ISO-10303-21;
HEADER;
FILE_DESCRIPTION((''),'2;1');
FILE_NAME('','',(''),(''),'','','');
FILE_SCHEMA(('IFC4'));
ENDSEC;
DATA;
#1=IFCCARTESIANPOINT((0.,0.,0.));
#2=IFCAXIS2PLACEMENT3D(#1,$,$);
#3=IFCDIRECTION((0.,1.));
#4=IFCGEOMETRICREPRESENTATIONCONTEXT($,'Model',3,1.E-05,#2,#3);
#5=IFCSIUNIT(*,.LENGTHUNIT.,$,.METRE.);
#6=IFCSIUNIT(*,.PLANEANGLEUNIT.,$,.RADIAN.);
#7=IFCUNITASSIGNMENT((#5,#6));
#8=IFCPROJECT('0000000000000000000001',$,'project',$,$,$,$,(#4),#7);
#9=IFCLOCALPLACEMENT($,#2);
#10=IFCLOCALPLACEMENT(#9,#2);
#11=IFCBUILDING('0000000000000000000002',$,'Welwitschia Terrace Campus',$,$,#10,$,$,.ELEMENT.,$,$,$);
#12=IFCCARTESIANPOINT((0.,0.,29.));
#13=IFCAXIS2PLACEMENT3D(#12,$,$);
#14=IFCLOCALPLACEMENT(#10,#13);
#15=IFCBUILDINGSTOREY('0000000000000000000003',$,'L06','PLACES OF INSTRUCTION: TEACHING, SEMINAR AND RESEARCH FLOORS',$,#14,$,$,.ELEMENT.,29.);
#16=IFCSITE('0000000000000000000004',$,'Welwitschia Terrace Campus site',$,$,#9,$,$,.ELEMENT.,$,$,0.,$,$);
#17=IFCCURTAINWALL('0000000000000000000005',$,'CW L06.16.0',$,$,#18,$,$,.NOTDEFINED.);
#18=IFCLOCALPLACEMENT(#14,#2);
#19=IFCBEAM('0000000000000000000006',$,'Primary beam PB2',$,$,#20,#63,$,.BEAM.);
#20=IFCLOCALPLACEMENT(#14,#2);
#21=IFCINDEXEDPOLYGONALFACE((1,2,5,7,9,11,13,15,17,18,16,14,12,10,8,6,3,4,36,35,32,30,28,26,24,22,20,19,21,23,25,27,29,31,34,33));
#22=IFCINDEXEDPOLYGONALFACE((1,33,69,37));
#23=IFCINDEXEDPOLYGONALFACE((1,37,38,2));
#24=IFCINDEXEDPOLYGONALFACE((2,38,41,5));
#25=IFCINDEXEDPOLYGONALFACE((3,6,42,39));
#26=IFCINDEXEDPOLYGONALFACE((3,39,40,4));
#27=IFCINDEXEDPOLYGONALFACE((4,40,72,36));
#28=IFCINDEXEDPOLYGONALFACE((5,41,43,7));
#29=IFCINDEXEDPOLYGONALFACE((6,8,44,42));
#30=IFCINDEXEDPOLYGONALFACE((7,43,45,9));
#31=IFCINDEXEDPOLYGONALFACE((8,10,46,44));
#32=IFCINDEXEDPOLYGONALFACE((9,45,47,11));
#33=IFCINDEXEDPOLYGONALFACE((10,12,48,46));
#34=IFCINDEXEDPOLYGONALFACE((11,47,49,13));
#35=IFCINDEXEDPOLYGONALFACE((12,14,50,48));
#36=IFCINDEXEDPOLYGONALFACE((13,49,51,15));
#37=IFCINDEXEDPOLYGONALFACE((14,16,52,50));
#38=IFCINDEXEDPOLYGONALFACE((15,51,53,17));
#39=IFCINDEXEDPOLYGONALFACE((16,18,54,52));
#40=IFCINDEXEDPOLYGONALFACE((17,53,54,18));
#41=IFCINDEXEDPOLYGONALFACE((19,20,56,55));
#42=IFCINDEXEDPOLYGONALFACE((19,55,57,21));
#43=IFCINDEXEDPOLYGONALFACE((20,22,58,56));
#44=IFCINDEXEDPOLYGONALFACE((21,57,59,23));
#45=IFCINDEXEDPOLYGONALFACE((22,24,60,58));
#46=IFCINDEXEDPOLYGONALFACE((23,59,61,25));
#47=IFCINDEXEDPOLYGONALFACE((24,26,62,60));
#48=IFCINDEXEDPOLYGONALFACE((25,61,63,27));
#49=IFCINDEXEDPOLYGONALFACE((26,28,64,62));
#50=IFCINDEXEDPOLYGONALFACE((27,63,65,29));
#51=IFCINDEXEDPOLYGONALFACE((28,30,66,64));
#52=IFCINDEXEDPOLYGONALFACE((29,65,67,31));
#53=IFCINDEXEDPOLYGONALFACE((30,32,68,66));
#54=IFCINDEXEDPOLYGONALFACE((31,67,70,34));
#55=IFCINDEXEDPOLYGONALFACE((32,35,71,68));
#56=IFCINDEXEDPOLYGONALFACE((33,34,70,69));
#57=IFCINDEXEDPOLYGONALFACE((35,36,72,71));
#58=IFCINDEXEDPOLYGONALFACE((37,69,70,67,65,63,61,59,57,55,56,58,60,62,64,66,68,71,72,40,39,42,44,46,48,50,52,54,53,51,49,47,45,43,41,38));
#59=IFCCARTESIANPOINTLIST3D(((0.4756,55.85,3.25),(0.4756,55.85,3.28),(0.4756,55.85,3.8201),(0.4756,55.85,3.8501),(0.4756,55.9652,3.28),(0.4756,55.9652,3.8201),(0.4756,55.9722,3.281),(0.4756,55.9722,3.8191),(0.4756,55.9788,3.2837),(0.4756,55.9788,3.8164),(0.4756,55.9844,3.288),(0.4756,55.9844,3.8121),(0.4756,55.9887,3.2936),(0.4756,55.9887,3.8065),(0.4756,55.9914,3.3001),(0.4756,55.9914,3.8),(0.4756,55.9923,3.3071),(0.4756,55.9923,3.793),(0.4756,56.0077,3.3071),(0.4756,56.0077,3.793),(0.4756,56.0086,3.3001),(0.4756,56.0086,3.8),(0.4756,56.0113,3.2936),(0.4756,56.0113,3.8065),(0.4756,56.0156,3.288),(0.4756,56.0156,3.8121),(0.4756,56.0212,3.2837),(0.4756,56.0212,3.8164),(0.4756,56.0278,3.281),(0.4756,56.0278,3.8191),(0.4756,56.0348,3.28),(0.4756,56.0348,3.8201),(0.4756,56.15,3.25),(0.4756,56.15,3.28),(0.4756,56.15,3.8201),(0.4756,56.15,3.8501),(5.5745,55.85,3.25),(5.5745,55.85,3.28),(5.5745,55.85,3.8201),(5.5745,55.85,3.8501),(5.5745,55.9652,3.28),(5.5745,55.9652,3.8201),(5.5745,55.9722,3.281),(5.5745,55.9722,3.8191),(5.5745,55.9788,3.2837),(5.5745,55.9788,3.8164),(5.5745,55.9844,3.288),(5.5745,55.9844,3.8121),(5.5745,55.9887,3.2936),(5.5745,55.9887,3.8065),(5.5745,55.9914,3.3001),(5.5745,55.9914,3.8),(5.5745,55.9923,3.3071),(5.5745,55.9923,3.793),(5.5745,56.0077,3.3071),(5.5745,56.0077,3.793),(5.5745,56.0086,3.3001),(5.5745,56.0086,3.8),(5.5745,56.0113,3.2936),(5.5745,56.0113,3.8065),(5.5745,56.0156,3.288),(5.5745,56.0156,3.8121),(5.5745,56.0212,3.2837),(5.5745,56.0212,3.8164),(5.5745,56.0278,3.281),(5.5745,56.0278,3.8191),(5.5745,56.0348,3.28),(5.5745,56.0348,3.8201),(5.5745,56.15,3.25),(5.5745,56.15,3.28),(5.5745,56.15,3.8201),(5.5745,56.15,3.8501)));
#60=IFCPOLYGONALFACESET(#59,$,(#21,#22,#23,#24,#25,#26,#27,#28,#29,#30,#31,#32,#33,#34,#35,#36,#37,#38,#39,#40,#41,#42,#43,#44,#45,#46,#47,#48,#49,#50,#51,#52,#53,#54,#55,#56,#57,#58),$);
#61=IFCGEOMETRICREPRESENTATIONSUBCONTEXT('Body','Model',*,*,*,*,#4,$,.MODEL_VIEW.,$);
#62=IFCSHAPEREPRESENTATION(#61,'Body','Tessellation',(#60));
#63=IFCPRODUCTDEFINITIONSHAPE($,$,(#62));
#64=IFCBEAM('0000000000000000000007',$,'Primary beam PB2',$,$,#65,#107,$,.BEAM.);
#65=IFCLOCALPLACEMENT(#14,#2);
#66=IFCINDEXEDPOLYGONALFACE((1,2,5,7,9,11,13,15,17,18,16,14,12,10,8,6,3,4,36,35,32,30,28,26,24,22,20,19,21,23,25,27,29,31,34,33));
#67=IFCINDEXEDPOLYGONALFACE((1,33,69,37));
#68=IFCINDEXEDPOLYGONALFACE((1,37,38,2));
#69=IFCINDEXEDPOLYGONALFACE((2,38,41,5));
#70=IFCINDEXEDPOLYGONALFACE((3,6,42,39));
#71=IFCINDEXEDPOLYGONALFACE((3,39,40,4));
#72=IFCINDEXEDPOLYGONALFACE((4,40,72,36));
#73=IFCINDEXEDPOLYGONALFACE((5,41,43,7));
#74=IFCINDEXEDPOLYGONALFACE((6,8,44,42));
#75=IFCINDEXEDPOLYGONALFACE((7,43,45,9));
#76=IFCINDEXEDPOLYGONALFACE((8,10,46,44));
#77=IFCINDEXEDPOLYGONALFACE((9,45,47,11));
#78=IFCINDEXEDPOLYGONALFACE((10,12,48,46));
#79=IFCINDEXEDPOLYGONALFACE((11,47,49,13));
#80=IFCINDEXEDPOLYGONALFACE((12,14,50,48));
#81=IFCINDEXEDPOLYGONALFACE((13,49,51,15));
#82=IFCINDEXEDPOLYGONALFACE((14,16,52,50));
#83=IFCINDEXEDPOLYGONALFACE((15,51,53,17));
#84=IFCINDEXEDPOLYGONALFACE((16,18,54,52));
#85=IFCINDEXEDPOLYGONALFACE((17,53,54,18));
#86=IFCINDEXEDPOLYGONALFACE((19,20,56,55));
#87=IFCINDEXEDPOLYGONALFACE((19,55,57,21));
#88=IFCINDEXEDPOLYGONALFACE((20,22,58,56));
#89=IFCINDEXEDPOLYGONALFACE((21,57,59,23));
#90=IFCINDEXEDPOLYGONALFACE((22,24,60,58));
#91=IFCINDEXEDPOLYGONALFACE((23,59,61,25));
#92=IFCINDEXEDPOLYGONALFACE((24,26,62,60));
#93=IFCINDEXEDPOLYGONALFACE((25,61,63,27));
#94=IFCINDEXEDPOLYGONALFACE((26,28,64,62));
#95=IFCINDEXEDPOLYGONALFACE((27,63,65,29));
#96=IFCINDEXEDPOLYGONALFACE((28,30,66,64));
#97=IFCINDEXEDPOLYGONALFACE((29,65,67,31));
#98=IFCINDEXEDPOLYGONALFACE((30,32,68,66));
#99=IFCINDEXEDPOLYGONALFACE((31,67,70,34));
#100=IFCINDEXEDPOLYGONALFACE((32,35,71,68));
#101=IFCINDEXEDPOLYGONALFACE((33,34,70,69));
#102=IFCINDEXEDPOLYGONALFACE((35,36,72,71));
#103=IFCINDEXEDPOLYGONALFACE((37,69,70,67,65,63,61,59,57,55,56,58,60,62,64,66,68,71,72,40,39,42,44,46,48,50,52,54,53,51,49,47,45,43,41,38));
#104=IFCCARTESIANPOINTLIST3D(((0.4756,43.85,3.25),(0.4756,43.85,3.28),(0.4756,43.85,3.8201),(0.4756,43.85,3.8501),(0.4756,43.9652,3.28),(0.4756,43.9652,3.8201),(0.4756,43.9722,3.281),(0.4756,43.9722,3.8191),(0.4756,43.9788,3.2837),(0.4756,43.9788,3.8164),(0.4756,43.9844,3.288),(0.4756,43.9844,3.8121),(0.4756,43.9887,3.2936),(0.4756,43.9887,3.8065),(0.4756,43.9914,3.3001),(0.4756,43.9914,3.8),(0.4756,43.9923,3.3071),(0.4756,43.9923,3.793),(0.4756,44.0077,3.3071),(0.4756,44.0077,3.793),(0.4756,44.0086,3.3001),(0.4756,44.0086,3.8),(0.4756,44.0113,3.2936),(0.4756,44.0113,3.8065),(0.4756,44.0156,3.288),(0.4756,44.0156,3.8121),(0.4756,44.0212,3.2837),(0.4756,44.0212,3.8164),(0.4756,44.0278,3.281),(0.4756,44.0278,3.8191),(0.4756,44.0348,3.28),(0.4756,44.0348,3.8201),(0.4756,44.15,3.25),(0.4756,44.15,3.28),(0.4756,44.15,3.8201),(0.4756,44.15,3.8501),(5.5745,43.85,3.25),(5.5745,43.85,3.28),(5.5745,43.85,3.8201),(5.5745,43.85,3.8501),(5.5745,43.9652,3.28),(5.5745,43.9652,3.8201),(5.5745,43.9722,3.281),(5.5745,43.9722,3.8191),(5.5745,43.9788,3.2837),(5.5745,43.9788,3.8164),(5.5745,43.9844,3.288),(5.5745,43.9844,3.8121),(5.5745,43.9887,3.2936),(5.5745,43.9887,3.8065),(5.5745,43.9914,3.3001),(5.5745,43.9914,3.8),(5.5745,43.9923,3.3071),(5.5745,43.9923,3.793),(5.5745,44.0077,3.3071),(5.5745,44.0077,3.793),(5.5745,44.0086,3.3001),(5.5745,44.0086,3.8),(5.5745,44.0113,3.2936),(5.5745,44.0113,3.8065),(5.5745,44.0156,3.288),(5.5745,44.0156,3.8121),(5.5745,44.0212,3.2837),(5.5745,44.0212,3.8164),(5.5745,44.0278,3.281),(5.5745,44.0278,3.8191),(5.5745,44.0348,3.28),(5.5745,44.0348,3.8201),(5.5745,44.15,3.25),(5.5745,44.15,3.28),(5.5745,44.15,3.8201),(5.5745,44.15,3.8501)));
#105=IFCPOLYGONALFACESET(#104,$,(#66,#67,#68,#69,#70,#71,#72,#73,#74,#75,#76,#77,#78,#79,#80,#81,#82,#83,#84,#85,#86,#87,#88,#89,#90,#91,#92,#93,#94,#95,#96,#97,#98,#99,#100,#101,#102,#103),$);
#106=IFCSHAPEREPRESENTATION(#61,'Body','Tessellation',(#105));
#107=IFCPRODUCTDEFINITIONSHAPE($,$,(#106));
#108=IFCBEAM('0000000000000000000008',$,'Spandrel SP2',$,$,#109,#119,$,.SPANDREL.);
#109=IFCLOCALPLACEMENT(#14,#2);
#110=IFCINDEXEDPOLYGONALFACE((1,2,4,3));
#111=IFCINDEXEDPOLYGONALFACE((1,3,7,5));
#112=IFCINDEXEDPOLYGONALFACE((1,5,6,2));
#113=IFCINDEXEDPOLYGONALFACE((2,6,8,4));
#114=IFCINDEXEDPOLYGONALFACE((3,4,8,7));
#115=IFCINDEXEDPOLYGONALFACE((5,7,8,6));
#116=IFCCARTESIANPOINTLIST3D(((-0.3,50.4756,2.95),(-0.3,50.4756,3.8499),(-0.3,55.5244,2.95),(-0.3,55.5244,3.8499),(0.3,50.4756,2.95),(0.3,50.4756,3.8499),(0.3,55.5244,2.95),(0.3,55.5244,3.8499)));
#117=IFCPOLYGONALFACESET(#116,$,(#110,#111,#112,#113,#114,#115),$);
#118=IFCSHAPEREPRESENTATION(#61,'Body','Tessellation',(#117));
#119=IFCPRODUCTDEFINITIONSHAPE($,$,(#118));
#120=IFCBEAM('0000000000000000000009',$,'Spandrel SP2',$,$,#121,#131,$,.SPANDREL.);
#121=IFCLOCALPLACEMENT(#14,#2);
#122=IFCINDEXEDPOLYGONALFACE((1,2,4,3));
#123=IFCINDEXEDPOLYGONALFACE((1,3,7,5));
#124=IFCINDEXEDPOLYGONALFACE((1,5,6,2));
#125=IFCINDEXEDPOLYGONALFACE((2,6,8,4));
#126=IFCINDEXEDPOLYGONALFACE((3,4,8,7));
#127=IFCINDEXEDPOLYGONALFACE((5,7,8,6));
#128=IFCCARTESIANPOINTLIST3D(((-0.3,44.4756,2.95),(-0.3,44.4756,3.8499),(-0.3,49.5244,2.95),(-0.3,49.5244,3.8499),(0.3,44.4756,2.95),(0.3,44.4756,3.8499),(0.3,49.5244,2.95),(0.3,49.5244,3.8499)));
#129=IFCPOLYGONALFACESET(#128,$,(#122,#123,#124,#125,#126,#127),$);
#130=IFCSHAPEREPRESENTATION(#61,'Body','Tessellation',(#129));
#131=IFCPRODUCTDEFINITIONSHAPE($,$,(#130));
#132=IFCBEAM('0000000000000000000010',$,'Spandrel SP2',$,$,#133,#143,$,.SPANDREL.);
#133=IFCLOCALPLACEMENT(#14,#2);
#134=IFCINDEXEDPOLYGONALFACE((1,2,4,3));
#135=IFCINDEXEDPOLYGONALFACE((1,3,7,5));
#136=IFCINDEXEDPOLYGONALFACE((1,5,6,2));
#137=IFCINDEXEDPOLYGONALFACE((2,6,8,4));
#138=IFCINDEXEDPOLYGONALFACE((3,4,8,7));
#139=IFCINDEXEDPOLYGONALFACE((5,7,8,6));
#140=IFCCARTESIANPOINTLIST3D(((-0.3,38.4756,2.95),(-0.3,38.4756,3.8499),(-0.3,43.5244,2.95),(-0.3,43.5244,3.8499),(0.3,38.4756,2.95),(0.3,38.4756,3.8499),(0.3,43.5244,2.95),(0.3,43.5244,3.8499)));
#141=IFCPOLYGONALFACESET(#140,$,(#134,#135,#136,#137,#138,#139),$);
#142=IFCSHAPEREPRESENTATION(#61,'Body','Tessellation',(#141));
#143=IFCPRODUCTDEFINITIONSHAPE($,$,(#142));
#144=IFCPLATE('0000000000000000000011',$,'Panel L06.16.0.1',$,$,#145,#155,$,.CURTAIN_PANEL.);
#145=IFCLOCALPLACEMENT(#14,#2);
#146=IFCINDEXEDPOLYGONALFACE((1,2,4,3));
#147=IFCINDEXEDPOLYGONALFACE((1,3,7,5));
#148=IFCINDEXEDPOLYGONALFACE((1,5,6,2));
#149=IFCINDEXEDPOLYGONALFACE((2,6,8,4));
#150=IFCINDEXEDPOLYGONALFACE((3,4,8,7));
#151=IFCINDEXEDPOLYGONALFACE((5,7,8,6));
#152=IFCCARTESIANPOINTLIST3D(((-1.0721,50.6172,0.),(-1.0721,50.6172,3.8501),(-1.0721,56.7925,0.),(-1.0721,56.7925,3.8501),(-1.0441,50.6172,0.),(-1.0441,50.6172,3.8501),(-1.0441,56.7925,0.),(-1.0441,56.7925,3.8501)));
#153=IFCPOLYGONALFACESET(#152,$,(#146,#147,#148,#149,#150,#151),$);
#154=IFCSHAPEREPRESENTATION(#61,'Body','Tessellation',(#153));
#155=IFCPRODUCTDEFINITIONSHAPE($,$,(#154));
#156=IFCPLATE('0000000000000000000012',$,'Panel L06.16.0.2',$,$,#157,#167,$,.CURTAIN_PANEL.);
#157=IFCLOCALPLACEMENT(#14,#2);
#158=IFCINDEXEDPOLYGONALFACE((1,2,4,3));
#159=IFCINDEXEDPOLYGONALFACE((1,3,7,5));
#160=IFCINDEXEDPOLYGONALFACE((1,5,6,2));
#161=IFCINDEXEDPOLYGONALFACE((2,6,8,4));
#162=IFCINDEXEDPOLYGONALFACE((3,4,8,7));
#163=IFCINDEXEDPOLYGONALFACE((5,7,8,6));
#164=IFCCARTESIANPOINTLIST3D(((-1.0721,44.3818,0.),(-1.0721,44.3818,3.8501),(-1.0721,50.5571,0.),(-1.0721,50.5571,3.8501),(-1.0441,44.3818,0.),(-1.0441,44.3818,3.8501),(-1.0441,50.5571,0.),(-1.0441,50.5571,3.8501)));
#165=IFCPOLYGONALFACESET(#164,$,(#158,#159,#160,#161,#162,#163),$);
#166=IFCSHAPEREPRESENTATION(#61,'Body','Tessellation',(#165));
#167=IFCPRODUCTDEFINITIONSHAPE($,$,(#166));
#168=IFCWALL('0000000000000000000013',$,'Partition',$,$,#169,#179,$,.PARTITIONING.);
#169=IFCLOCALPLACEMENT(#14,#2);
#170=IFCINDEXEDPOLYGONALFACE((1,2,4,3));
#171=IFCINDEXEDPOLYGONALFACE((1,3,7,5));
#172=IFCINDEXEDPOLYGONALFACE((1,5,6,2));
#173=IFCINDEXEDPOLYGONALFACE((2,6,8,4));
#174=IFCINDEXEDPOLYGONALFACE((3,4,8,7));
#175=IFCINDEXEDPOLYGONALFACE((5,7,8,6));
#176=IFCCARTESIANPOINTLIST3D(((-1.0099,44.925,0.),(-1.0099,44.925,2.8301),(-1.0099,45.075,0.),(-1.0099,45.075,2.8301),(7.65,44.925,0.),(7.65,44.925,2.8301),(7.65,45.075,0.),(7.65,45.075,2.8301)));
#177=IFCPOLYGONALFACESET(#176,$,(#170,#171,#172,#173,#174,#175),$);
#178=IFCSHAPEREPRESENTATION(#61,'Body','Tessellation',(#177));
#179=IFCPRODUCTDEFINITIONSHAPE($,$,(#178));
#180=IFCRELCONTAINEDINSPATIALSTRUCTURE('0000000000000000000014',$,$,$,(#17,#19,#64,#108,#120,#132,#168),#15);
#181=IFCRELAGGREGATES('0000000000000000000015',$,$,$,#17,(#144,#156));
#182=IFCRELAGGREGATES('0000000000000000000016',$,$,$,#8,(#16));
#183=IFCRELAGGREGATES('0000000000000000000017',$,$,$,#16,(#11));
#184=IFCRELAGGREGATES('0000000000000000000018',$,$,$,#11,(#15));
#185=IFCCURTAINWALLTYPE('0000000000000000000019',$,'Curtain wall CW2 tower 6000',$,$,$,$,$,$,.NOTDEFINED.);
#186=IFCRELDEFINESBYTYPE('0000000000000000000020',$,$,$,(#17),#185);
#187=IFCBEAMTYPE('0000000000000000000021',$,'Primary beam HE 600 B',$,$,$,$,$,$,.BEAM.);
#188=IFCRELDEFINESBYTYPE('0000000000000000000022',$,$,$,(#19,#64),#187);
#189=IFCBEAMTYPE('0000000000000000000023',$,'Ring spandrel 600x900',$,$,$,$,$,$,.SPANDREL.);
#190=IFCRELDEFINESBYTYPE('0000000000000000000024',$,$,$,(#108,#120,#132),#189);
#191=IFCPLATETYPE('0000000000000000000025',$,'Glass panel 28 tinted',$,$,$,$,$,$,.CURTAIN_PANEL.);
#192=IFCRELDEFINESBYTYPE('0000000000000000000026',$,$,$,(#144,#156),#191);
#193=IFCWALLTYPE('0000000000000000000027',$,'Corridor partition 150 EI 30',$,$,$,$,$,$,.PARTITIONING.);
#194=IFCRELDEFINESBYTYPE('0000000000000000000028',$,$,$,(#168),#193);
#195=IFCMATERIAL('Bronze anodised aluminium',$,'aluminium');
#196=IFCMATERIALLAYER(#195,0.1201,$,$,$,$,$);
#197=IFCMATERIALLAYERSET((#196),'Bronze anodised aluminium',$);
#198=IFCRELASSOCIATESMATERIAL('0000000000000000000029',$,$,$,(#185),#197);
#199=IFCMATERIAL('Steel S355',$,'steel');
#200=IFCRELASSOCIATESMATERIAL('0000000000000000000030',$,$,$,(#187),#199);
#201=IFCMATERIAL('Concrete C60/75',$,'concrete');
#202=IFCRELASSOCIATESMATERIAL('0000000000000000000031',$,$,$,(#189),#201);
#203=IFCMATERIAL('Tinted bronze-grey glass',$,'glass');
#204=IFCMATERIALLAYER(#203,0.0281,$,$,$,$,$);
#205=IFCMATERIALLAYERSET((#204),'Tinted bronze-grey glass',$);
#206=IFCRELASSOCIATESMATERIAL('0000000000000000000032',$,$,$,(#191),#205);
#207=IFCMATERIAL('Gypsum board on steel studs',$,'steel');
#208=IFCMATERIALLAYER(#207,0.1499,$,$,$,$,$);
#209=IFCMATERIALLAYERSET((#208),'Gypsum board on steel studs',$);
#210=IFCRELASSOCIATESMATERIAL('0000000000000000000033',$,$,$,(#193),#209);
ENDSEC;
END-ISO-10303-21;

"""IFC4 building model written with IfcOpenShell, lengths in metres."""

from ifc_helpers import new_model, si_unit, direction, frame, frame_2d, origin, origin_2d, place, context, subcontext, project, spatial, rectangle, i_section, extrude, material, layer, layer_set, material_profile, profile_set, type_object, element, aggregate, save


model = new_model("IFC4")

# Units and contexts
model_context = context("Model", 3, precision=1e-05, world=origin(), true_north=direction((0.0, 1.0)))
body_context = subcontext(model_context, "Body", "Model", "MODEL_VIEW")
ifc_project = project(units=[si_unit("LENGTHUNIT", "METRE"), si_unit("PLANEANGLEUNIT", "RADIAN")], contexts=[model_context])

# Site, building, storey
site_placement = place(None, origin())
site = spatial("IfcSite", under=ifc_project, at=site_placement, Name="Welwitschia Terrace Campus site", CompositionType="ELEMENT", RefElevation=0.0)
building_placement = place(site_placement, origin())
building = spatial("IfcBuilding", under=site, at=building_placement, Name="Welwitschia Terrace Campus", CompositionType="ELEMENT")
storey_placement = place(building_placement, frame((0.0, 0.0, 29.0)))
storey = spatial("IfcBuildingStorey", under=building, at=storey_placement, Name="L06", Description="PLACES OF INSTRUCTION: TEACHING, SEMINAR AND RESEARCH FLOORS", CompositionType="ELEMENT", Elevation=29.0)

# Curtain wall
ifc_material_1 = material(Name="Bronze anodised aluminium", Category="aluminium")
ifc_layer_1 = layer(ifc_material_1, 0.1201)
ifc_layer_set_1 = layer_set([ifc_layer_1], Name="Bronze anodised aluminium")
curtain_wall_type = type_object("IfcCurtainWallType", Name="Curtain wall CW2 tower 6000", PredefinedType="NOTDEFINED", material=ifc_layer_set_1)
curtain_wall_placement = place(storey_placement, origin())
curtain_wall = element("IfcCurtainWall", 1, at=curtain_wall_placement, inside=storey, type_object=curtain_wall_type, Name="CW L06.16.0", PredefinedType="NOTDEFINED")

# Beams
ifc_material_2 = material(Name="Steel S355", Category="steel")
ifc_material_profile_1 = material_profile(ifc_material_2, i_section(OverallWidth=0.3, OverallDepth=0.6001, WebThickness=0.0154, FlangeThickness=0.03, FilletRadius=0.0271, at=origin_2d()))
ifc_profile_set_1 = profile_set([ifc_material_profile_1], Name="Steel S355")
beam_type_1 = type_object("IfcBeamType", Name="Primary beam HE 600 B", PredefinedType="BEAM", material=ifc_profile_set_1)
for number, where, z_axis, x_axis, name in (
    (2, (0.4756, 56.0, 3.55), (1.0, 0.0, 0.0), (0.0, 1.0, 0.0), "Primary beam PB2"),
    (3, (0.4756, 44.0, 3.55), (1.0, 0.0, 0.0), (0.0, 1.0, 0.0), "Primary beam PB2"),
):
    element("IfcBeam", number, at=place(storey_placement, frame(where, z_axis=z_axis, x_axis=x_axis)), inside=storey, type_object=beam_type_1, Name=name, PredefinedType="BEAM", context=body_context, shape_type="SweptSolid", body=[
        extrude(i_section(OverallWidth=0.3, OverallDepth=0.6001, WebThickness=0.0154, FlangeThickness=0.03, FilletRadius=0.0271, at=origin_2d()), origin(), (0.0, 0.0, 1.0), 5.0989),
    ])
ifc_material_3 = material(Name="Concrete C60/75", Category="concrete")
ifc_material_profile_2 = material_profile(ifc_material_3, rectangle(XDim=0.6001, YDim=0.8999, at=origin_2d()))
ifc_profile_set_2 = profile_set([ifc_material_profile_2], Name="Concrete C60/75")
beam_type_2 = type_object("IfcBeamType", Name="Ring spandrel 600x900", PredefinedType="SPANDREL", material=ifc_profile_set_2)
for number, where, z_axis, x_axis, name in (
    (4, (0.0, 55.5244, 3.3999), (0.0, -1.0, 0.0), (1.0, 0.0, 0.0), "Spandrel SP2"),
    (5, (0.0, 49.5244, 3.3999), (0.0, -1.0, 0.0), (1.0, 0.0, 0.0), "Spandrel SP2"),
    (6, (0.0, 43.5244, 3.3999), (0.0, -1.0, 0.0), (1.0, 0.0, 0.0), "Spandrel SP2"),
):
    element("IfcBeam", number, at=place(storey_placement, frame(where, z_axis=z_axis, x_axis=x_axis)), inside=storey, type_object=beam_type_2, Name=name, PredefinedType="SPANDREL", context=body_context, shape_type="SweptSolid", body=[
        extrude(rectangle(XDim=0.6001, YDim=0.8999, at=origin_2d()), origin(), (0.0, 0.0, 1.0), 5.0488),
    ])

# Plates
ifc_material_4 = material(Name="Tinted bronze-grey glass", Category="glass")
ifc_layer_2 = layer(ifc_material_4, 0.0281)
ifc_layer_set_2 = layer_set([ifc_layer_2], Name="Tinted bronze-grey glass")
plate_type = type_object("IfcPlateType", Name="Glass panel 28 tinted", PredefinedType="CURTAIN_PANEL", material=ifc_layer_set_2)
plate_1_placement = place(storey_placement, frame((-1.0581, 53.7048, 0.0), z_axis=(0.0, 0.0, 1.0), x_axis=(0.0, -1.0, 0.0)))
plate_1 = element("IfcPlate", 7, at=plate_1_placement, type_object=plate_type, Name="Panel L06.16.0.1", PredefinedType="CURTAIN_PANEL", context=body_context, shape_type="SweptSolid", body=[
    extrude(rectangle(XDim=6.1753, YDim=0.0281, at=origin_2d()), origin(), (0.0, 0.0, 1.0), 3.8501),
])
plate_2_placement = place(storey_placement, frame((-1.0581, 47.4695, 0.0), z_axis=(0.0, 0.0, 1.0), x_axis=(0.0, -1.0, 0.0)))
plate_2 = element("IfcPlate", 8, at=plate_2_placement, type_object=plate_type, Name="Panel L06.16.0.2", PredefinedType="CURTAIN_PANEL", context=body_context, shape_type="SweptSolid", body=[
    extrude(rectangle(XDim=6.1753, YDim=0.0281, at=origin_2d()), origin(), (0.0, 0.0, 1.0), 3.8501),
])
aggregate(curtain_wall, [plate_1, plate_2])

# Wall
ifc_material_5 = material(Name="Gypsum board on steel studs", Category="steel")
ifc_layer_3 = layer(ifc_material_5, 0.1499)
ifc_layer_set_3 = layer_set([ifc_layer_3], Name="Gypsum board on steel studs")
wall_type = type_object("IfcWallType", Name="Corridor partition 150 EI 30", PredefinedType="PARTITIONING", material=ifc_layer_set_3)
wall_1_placement = place(storey_placement, frame((-1.01, 45.0, 0.0), z_axis=(0.0, 0.0, 1.0), x_axis=(1.0, 0.0, 0.0)))
element("IfcWall", 9, at=wall_1_placement, inside=storey, type_object=wall_type, Name="Partition", PredefinedType="PARTITIONING", context=body_context, shape_type="SweptSolid", body=[
    extrude(rectangle(XDim=8.6599, YDim=0.1499, at=frame_2d((4.3301, 0.0))), origin(), (0.0, 0.0, 1.0), 2.8301),
])

save(model, "model.ifc")
